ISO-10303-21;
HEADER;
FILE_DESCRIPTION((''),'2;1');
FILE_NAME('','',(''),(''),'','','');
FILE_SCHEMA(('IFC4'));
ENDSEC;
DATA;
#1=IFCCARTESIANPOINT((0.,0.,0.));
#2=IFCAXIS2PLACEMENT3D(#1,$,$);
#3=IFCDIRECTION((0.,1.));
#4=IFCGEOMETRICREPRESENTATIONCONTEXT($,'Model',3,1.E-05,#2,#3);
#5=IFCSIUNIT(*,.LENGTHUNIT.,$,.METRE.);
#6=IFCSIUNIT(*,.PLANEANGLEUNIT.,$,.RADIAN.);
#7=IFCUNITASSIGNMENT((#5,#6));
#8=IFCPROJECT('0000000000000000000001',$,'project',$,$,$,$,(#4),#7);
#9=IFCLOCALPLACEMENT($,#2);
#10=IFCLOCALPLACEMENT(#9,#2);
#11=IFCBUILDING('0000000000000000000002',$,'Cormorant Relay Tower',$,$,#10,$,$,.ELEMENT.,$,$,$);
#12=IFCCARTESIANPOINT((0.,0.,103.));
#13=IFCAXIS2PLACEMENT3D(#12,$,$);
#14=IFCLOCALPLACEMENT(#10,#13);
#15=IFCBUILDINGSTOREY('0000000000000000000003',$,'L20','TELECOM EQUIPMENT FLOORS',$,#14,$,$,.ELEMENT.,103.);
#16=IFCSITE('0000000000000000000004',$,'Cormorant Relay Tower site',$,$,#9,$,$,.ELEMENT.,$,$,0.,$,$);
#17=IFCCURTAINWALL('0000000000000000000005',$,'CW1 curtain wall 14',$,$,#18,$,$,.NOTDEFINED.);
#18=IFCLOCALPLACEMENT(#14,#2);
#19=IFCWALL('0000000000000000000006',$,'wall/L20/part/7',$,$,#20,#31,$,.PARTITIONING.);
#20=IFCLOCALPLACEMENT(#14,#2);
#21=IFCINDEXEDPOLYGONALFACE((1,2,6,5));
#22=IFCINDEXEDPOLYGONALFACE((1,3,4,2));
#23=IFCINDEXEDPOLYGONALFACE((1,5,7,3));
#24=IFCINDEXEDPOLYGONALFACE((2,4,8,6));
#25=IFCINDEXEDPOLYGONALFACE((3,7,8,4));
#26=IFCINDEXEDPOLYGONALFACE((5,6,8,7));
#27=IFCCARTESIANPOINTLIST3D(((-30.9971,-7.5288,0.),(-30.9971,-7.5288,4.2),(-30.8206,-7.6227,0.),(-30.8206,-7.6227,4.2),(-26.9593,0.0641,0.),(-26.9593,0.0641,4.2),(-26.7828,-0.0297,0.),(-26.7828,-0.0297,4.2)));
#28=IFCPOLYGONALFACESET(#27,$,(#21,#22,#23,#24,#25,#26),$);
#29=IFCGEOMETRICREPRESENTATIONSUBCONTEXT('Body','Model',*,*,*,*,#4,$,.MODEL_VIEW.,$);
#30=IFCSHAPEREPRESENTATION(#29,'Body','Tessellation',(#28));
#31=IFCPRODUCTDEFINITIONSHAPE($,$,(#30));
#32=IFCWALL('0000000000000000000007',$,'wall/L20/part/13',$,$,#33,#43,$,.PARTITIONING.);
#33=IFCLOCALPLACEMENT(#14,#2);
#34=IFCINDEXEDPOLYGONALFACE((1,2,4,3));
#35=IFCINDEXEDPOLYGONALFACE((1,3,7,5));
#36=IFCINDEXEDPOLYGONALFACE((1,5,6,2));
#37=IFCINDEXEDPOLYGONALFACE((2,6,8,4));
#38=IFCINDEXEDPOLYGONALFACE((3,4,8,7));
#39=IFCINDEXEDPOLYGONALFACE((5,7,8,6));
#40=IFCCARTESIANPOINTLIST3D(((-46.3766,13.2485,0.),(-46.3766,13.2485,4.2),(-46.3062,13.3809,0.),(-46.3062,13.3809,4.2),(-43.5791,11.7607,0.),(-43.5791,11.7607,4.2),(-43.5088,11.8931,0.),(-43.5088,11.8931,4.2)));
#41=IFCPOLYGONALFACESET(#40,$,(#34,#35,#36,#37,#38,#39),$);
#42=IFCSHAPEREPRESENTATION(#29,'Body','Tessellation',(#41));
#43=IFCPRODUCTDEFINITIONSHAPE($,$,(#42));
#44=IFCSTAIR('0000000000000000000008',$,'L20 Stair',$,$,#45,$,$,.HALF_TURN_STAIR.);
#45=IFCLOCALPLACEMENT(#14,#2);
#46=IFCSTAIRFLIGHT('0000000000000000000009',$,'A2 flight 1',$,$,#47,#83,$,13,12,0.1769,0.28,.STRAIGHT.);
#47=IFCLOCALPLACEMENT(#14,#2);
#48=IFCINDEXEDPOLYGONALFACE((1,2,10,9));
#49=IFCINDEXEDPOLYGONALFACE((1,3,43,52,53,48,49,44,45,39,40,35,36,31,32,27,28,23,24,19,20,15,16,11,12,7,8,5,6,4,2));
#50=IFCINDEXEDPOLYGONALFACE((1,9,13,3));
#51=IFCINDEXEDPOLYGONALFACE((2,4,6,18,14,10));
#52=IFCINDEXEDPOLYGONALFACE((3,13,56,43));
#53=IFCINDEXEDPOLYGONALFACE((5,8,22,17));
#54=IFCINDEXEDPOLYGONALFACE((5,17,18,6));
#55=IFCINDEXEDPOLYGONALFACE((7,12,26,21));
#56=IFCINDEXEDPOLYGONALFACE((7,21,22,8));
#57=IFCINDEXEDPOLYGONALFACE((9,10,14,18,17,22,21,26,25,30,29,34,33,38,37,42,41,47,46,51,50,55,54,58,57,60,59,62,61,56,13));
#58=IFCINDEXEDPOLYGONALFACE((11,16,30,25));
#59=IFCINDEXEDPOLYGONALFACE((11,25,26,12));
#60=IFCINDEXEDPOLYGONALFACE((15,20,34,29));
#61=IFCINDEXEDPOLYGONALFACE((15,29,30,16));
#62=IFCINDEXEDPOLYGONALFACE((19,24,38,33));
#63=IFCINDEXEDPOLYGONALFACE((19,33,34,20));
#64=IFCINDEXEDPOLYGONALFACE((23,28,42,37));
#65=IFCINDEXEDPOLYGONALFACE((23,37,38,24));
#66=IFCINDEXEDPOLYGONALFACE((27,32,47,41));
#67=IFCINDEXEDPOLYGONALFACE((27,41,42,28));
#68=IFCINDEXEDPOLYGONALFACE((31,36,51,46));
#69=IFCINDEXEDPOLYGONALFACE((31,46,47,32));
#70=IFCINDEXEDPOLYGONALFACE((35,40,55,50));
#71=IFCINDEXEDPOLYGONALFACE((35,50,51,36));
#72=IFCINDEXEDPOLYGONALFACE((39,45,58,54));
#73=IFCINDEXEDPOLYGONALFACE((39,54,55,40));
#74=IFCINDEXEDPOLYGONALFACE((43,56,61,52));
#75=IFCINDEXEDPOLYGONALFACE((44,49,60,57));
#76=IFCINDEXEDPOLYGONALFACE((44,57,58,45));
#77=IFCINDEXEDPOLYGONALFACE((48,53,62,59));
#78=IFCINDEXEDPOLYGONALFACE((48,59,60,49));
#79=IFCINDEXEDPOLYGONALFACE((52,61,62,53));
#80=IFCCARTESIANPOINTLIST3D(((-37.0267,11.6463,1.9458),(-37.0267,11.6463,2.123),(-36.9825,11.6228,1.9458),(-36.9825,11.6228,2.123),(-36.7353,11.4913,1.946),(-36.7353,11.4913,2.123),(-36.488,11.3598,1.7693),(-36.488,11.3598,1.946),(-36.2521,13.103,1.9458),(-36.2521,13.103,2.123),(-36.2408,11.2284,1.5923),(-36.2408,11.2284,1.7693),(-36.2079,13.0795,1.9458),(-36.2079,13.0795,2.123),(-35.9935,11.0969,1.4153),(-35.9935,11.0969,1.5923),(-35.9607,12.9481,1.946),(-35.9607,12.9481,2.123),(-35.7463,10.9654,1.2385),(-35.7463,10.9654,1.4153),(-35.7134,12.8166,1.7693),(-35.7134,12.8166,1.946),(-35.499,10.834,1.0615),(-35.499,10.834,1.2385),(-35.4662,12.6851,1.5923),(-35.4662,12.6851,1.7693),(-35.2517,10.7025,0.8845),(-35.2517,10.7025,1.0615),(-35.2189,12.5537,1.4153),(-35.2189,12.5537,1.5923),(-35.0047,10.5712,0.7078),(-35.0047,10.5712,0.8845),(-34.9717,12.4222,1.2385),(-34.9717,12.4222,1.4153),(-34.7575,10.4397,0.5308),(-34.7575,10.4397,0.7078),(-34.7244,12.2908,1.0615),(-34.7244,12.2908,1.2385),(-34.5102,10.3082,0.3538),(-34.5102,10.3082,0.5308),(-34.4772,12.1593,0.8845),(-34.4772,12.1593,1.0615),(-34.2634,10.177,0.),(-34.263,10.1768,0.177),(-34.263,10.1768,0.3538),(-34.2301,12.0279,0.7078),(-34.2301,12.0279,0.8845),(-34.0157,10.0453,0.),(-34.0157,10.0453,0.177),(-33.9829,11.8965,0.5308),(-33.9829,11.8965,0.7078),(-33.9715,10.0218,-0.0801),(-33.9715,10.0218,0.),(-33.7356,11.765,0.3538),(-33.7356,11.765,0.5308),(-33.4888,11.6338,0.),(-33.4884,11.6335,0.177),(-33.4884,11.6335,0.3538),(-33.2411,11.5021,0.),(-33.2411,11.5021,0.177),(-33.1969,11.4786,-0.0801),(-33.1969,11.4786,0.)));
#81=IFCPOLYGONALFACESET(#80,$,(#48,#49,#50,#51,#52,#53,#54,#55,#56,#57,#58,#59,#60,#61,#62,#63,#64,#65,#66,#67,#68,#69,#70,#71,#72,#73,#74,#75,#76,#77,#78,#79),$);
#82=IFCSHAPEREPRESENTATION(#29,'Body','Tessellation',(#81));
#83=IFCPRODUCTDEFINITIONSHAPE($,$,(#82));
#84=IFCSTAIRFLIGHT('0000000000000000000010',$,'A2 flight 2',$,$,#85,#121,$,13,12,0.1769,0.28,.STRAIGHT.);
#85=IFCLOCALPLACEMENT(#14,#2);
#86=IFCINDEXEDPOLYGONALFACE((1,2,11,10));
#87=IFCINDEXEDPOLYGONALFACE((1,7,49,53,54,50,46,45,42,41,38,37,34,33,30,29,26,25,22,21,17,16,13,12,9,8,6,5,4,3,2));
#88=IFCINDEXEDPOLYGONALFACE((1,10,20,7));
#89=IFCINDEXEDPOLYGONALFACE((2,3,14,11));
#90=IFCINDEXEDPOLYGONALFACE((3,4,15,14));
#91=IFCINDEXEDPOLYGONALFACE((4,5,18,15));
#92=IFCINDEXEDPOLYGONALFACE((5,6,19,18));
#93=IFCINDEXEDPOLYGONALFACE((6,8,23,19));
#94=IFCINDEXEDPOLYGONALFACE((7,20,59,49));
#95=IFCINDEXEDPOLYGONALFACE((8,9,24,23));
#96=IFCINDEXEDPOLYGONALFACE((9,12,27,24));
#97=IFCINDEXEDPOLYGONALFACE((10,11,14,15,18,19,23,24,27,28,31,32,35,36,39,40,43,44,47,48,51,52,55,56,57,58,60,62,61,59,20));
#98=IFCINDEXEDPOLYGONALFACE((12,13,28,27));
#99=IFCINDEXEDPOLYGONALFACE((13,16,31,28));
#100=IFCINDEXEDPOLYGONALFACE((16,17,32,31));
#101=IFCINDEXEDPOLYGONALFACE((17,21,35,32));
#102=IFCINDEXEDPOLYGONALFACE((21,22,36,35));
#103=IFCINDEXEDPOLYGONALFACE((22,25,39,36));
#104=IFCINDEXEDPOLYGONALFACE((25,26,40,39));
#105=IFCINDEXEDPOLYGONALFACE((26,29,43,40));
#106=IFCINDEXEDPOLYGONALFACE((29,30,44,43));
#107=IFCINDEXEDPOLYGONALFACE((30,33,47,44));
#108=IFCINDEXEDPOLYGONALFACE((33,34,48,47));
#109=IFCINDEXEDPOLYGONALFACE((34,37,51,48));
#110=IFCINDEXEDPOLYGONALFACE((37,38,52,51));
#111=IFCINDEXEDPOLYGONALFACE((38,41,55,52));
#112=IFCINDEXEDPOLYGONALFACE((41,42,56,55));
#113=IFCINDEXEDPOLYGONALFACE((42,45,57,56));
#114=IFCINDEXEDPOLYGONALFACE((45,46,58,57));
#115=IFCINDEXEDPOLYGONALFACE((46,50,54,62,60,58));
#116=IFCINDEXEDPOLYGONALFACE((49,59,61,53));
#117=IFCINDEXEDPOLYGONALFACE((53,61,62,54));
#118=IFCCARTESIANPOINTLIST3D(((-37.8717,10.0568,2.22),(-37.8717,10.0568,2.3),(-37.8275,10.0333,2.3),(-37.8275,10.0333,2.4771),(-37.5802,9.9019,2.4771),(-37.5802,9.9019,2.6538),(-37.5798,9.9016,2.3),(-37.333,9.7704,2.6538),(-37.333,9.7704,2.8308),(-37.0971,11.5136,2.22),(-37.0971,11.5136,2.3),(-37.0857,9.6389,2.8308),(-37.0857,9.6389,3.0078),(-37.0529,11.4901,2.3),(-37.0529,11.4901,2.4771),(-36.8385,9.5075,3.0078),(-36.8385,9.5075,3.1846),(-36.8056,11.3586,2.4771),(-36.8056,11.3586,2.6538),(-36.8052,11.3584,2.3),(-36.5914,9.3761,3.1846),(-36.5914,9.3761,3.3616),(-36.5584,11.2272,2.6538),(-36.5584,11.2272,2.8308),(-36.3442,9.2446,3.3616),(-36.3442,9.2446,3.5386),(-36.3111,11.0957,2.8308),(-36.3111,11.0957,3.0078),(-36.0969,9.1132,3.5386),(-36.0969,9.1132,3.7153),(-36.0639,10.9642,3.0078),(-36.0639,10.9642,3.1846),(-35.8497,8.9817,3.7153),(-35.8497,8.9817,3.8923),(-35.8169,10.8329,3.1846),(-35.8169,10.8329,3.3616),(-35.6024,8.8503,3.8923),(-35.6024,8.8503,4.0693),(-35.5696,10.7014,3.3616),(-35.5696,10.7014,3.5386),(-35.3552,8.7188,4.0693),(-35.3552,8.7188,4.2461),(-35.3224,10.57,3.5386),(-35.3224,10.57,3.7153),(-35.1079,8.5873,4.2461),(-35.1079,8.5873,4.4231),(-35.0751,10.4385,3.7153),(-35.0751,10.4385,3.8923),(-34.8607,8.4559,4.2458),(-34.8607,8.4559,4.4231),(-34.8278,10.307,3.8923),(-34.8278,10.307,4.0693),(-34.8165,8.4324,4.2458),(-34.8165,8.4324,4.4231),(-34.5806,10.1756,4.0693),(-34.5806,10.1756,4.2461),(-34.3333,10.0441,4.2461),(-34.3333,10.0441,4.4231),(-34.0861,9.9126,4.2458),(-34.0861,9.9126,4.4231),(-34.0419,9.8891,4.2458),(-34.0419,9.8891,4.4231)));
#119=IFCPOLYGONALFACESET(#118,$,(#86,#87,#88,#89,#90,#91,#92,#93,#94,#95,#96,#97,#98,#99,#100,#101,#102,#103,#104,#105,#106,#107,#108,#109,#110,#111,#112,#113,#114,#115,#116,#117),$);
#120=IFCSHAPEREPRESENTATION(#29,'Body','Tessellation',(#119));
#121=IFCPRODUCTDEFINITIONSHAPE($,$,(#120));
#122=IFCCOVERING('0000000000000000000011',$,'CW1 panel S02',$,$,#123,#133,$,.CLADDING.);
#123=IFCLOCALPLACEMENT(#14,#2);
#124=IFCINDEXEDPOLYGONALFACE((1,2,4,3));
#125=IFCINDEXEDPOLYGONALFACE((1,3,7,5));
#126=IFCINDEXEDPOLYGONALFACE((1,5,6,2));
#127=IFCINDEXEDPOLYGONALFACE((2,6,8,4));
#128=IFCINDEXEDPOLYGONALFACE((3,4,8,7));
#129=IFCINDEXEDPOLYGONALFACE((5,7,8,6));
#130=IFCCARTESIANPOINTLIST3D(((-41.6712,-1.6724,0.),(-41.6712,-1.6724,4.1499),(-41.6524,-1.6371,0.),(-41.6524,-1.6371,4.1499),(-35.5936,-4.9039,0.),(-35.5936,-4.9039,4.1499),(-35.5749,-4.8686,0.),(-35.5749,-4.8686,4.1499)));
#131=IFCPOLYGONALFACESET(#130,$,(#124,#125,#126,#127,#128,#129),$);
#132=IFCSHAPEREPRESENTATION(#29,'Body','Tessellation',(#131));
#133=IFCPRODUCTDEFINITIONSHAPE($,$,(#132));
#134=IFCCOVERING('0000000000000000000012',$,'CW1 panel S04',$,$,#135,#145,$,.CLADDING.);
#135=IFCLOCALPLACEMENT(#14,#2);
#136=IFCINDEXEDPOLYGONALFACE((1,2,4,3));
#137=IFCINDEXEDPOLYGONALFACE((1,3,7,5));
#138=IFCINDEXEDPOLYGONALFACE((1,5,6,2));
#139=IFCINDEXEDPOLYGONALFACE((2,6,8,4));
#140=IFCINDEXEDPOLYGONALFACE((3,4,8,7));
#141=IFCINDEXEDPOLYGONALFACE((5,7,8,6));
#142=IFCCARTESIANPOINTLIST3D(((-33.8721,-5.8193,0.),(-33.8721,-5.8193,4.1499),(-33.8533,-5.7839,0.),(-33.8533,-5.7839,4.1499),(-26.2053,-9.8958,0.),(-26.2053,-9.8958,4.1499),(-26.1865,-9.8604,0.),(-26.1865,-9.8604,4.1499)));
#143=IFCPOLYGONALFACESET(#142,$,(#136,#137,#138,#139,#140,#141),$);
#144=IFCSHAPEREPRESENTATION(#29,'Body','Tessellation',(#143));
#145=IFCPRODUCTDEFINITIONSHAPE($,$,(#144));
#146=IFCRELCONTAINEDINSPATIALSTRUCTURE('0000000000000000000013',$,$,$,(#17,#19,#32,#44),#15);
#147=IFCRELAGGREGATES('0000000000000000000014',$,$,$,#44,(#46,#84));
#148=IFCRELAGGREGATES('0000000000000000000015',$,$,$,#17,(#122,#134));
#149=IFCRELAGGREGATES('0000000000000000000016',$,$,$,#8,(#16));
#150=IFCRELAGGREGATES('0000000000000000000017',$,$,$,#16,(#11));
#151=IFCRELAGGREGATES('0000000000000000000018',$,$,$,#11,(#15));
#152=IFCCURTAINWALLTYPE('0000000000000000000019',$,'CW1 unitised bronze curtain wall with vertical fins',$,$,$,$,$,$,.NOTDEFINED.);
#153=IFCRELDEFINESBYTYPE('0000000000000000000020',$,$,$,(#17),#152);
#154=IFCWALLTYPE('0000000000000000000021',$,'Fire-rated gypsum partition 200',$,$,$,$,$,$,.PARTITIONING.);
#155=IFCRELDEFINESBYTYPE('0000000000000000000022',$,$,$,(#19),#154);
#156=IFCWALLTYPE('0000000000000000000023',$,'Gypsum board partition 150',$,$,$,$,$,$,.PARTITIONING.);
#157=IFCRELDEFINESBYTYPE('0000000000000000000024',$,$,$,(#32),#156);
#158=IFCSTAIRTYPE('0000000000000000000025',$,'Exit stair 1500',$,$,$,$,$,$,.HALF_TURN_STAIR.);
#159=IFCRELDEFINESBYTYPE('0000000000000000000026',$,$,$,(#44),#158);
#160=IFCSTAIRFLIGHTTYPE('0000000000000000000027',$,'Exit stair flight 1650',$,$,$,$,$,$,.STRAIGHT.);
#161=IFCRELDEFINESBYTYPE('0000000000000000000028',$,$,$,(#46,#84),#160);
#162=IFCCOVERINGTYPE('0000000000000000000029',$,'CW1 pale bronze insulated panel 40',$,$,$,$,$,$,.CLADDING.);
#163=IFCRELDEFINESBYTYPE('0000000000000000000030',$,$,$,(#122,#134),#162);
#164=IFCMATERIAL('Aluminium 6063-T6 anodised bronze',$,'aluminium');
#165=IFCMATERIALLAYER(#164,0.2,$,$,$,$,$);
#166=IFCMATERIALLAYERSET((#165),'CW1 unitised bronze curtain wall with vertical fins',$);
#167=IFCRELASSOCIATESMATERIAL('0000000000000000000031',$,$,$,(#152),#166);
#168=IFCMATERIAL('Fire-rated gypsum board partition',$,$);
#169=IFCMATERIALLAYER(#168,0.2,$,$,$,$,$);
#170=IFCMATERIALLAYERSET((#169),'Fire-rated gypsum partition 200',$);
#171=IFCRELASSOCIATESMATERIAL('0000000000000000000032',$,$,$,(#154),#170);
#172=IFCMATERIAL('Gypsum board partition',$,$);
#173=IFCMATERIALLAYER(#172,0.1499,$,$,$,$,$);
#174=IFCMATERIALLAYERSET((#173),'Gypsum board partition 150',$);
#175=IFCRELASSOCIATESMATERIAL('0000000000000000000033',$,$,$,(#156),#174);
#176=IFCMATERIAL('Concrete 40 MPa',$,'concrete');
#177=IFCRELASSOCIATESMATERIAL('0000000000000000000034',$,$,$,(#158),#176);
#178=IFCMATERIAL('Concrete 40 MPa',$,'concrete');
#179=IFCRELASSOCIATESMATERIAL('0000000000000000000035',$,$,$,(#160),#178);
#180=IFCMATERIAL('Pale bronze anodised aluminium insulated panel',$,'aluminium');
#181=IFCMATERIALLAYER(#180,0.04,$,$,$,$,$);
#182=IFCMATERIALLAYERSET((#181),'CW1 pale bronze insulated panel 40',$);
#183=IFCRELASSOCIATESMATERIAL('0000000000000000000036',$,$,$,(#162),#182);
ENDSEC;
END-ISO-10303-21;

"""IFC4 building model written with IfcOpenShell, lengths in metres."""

from ifc_helpers import new_model, si_unit, direction, frame, frame_2d, origin, origin_2d, place, context, subcontext, project, spatial, polyline, rectangle, outline, extrude, material, layer, layer_set, type_object, element, aggregate, save


model = new_model("IFC4")

# Units and contexts
model_context = context("Model", 3, precision=1e-05, world=origin(), true_north=direction((0.0, 1.0)))
body_context = subcontext(model_context, "Body", "Model", "MODEL_VIEW")
ifc_project = project(units=[si_unit("LENGTHUNIT", "METRE"), si_unit("PLANEANGLEUNIT", "RADIAN")], contexts=[model_context])

# Site, building, storey
site_placement = place(None, origin())
site = spatial("IfcSite", under=ifc_project, at=site_placement, Name="Cormorant Relay Tower site", CompositionType="ELEMENT", RefElevation=0.0)
building_placement = place(site_placement, origin())
building = spatial("IfcBuilding", under=site, at=building_placement, Name="Cormorant Relay Tower", CompositionType="ELEMENT")
storey_placement = place(building_placement, frame((0.0, 0.0, 103.0)))
storey = spatial("IfcBuildingStorey", under=building, at=storey_placement, Name="L20", Description="TELECOM EQUIPMENT FLOORS", CompositionType="ELEMENT", Elevation=103.0)

# Curtain wall
ifc_material_1 = material(Name="Aluminium 6063-T6 anodised bronze", Category="aluminium")
ifc_layer_1 = layer(ifc_material_1, 0.2)
ifc_layer_set_1 = layer_set([ifc_layer_1], Name="CW1 unitised bronze curtain wall with vertical fins")
curtain_wall_type = type_object("IfcCurtainWallType", Name="CW1 unitised bronze curtain wall with vertical fins", PredefinedType="NOTDEFINED", material=ifc_layer_set_1)
curtain_wall_placement = place(storey_placement, origin())
curtain_wall = element("IfcCurtainWall", 1, at=curtain_wall_placement, inside=storey, type_object=curtain_wall_type, Name="CW1 curtain wall 14", PredefinedType="NOTDEFINED")

# Walls
ifc_material_2 = material(Name="Fire-rated gypsum board partition")
ifc_layer_2 = layer(ifc_material_2, 0.2)
ifc_layer_set_2 = layer_set([ifc_layer_2], Name="Fire-rated gypsum partition 200")
wall_type_1 = type_object("IfcWallType", Name="Fire-rated gypsum partition 200", PredefinedType="PARTITIONING", material=ifc_layer_set_2)
wall_1_placement = place(storey_placement, frame((-26.8711, 0.0171, 0.0), z_axis=(0.0, 0.0, 1.0), x_axis=(-0.469523, -0.88292, 0.0)))
element("IfcWall", 2, at=wall_1_placement, inside=storey, type_object=wall_type_1, Name="wall/L20/part/7", PredefinedType="PARTITIONING", context=body_context, shape_type="SweptSolid", body=[
    extrude(rectangle(XDim=8.5999, YDim=0.2, at=frame_2d((4.2998, 0.0))), origin(), (0.0, 0.0, 1.0), 4.2),
])
ifc_material_3 = material(Name="Gypsum board partition")
ifc_layer_3 = layer(ifc_material_3, 0.1499)
ifc_layer_set_3 = layer_set([ifc_layer_3], Name="Gypsum board partition 150")
wall_type_2 = type_object("IfcWallType", Name="Gypsum board partition 150", PredefinedType="PARTITIONING", material=ifc_layer_set_3)
wall_2_placement = place(storey_placement, frame((-43.5439, 11.8269, 0.0), z_axis=(0.0, 0.0, 1.0), x_axis=(-0.882894, 0.469572, 0.0)))
element("IfcWall", 3, at=wall_2_placement, inside=storey, type_object=wall_type_2, Name="wall/L20/part/13", PredefinedType="PARTITIONING", context=body_context, shape_type="SweptSolid", body=[
    extrude(rectangle(XDim=3.1685, YDim=0.1499, at=frame_2d((1.5842, 0.0))), origin(), (0.0, 0.0, 1.0), 4.2),
])

# Stair, stair flights
ifc_material_4 = material(Name="Concrete 40 MPa", Category="concrete")
stair_type = type_object("IfcStairType", Name="Exit stair 1500", PredefinedType="HALF_TURN_STAIR", material=ifc_material_4)
stair_placement = place(storey_placement, origin())
stair = element("IfcStair", 4, at=stair_placement, inside=storey, type_object=stair_type, Name="L20 Stair", PredefinedType="HALF_TURN_STAIR")
ifc_material_5 = material(Name="Concrete 40 MPa", Category="concrete")
stair_flight_type = type_object("IfcStairFlightType", Name="Exit stair flight 1650", PredefinedType="STRAIGHT", material=ifc_material_5)
stair_flight_1_placement = place(storey_placement, frame((-33.6284, 10.7737, 0.0), z_axis=(0.0, 0.0, 1.0), x_axis=(-0.882948, 0.469472, 0.0)))
stair_flight_1 = element("IfcStairFlight", 5, at=stair_flight_1_placement, type_object=stair_flight_type, Name="A2 flight 1", NumberOfRisers=13, NumberOfTreads=12, PredefinedType="STRAIGHT", RiserHeight=0.1769, TreadLength=0.28, context=body_context, shape_type="SweptSolid", body=[
    extrude(outline(polyline([(-0.05, -0.0801), (-0.05, 0.0), (0.0, 0.0), (0.0, 0.177), (0.28, 0.177), (0.28, 0.3538), (0.5601, 0.3538), (0.5601, 0.5308), (0.8401, 0.5308), (0.8401, 0.7078), (1.1201, 0.7078), (1.1201, 0.8845), (1.3999, 0.8845), (1.3999, 1.0615), (1.6799, 1.0615), (1.6799, 1.2385), (1.96, 1.2385), (1.96, 1.4153), (2.24, 1.4153), (2.24, 1.5923), (2.52, 1.5923), (2.52, 1.7693), (2.8, 1.7693), (2.8, 1.946), (3.0801, 1.946), (3.0801, 2.123), (3.3601, 2.123), (3.4102, 2.123), (3.4102, 1.9458), (3.3601, 1.9458), (0.2805, 0.0), (-0.05, -0.0801)])), frame((0.0, 0.825, 0.0), z_axis=(0.0, -1.0, 0.0), x_axis=(1.0, 0.0, 0.0)), (0.0, 0.0, 1.0), 1.6499),
])
stair_flight_2_placement = place(storey_placement, frame((-37.4402, 10.7617, 2.3), z_axis=(0.0, 0.0, 1.0), x_axis=(0.882948, -0.469472, 0.0)))
stair_flight_2 = element("IfcStairFlight", 6, at=stair_flight_2_placement, type_object=stair_flight_type, Name="A2 flight 2", NumberOfRisers=13, NumberOfTreads=12, PredefinedType="STRAIGHT", RiserHeight=0.1769, TreadLength=0.28, context=body_context, shape_type="SweptSolid", body=[
    extrude(outline(polyline([(-0.05, -0.0801), (-0.05, 0.0), (0.0, 0.0), (0.0, 0.177), (0.28, 0.177), (0.28, 0.3538), (0.5601, 0.3538), (0.5601, 0.5308), (0.8401, 0.5308), (0.8401, 0.7078), (1.1201, 0.7078), (1.1201, 0.8845), (1.3999, 0.8845), (1.3999, 1.0615), (1.6799, 1.0615), (1.6799, 1.2385), (1.96, 1.2385), (1.96, 1.4153), (2.24, 1.4153), (2.24, 1.5923), (2.52, 1.5923), (2.52, 1.7693), (2.8, 1.7693), (2.8, 1.946), (3.0801, 1.946), (3.0801, 2.123), (3.3601, 2.123), (3.4102, 2.123), (3.4102, 1.9458), (3.3601, 1.9458), (0.2805, 0.0), (-0.05, -0.0801)])), frame((0.0, 0.825, 0.0), z_axis=(0.0, -1.0, 0.0), x_axis=(1.0, 0.0, 0.0)), (0.0, 0.0, 1.0), 1.6499),
])
aggregate(stair, [stair_flight_1, stair_flight_2])

# Coverings
ifc_material_6 = material(Name="Pale bronze anodised aluminium insulated panel", Category="aluminium")
ifc_layer_4 = layer(ifc_material_6, 0.04)
ifc_layer_set_4 = layer_set([ifc_layer_4], Name="CW1 pale bronze insulated panel 40")
covering_type = type_object("IfcCoveringType", Name="CW1 pale bronze insulated panel 40", PredefinedType="CLADDING", material=ifc_layer_set_4)
covering_1_placement = place(storey_placement, frame((-38.623, -3.2705, 0.0), z_axis=(0.0, 0.0, 1.0), x_axis=(0.882948, -0.469472, 0.0)))
covering_1 = element("IfcCovering", 7, at=covering_1_placement, type_object=covering_type, Name="CW1 panel S02", PredefinedType="CLADDING", context=body_context, shape_type="SweptSolid", body=[
    extrude(rectangle(XDim=6.8833, YDim=0.04, at=origin_2d()), origin(), (0.0, 0.0, 1.0), 4.1499),
])
covering_2_placement = place(storey_placement, frame((-30.0293, -7.8398, 0.0), z_axis=(0.0, 0.0, 1.0), x_axis=(0.882948, -0.469472, 0.0)))
covering_2 = element("IfcCovering", 8, at=covering_2_placement, type_object=covering_type, Name="CW1 panel S04", PredefinedType="CLADDING", context=body_context, shape_type="SweptSolid", body=[
    extrude(rectangle(XDim=8.6831, YDim=0.04, at=origin_2d()), origin(), (0.0, 0.0, 1.0), 4.1499),
])
aggregate(curtain_wall, [covering_1, covering_2])

save(model, "model.ifc")
